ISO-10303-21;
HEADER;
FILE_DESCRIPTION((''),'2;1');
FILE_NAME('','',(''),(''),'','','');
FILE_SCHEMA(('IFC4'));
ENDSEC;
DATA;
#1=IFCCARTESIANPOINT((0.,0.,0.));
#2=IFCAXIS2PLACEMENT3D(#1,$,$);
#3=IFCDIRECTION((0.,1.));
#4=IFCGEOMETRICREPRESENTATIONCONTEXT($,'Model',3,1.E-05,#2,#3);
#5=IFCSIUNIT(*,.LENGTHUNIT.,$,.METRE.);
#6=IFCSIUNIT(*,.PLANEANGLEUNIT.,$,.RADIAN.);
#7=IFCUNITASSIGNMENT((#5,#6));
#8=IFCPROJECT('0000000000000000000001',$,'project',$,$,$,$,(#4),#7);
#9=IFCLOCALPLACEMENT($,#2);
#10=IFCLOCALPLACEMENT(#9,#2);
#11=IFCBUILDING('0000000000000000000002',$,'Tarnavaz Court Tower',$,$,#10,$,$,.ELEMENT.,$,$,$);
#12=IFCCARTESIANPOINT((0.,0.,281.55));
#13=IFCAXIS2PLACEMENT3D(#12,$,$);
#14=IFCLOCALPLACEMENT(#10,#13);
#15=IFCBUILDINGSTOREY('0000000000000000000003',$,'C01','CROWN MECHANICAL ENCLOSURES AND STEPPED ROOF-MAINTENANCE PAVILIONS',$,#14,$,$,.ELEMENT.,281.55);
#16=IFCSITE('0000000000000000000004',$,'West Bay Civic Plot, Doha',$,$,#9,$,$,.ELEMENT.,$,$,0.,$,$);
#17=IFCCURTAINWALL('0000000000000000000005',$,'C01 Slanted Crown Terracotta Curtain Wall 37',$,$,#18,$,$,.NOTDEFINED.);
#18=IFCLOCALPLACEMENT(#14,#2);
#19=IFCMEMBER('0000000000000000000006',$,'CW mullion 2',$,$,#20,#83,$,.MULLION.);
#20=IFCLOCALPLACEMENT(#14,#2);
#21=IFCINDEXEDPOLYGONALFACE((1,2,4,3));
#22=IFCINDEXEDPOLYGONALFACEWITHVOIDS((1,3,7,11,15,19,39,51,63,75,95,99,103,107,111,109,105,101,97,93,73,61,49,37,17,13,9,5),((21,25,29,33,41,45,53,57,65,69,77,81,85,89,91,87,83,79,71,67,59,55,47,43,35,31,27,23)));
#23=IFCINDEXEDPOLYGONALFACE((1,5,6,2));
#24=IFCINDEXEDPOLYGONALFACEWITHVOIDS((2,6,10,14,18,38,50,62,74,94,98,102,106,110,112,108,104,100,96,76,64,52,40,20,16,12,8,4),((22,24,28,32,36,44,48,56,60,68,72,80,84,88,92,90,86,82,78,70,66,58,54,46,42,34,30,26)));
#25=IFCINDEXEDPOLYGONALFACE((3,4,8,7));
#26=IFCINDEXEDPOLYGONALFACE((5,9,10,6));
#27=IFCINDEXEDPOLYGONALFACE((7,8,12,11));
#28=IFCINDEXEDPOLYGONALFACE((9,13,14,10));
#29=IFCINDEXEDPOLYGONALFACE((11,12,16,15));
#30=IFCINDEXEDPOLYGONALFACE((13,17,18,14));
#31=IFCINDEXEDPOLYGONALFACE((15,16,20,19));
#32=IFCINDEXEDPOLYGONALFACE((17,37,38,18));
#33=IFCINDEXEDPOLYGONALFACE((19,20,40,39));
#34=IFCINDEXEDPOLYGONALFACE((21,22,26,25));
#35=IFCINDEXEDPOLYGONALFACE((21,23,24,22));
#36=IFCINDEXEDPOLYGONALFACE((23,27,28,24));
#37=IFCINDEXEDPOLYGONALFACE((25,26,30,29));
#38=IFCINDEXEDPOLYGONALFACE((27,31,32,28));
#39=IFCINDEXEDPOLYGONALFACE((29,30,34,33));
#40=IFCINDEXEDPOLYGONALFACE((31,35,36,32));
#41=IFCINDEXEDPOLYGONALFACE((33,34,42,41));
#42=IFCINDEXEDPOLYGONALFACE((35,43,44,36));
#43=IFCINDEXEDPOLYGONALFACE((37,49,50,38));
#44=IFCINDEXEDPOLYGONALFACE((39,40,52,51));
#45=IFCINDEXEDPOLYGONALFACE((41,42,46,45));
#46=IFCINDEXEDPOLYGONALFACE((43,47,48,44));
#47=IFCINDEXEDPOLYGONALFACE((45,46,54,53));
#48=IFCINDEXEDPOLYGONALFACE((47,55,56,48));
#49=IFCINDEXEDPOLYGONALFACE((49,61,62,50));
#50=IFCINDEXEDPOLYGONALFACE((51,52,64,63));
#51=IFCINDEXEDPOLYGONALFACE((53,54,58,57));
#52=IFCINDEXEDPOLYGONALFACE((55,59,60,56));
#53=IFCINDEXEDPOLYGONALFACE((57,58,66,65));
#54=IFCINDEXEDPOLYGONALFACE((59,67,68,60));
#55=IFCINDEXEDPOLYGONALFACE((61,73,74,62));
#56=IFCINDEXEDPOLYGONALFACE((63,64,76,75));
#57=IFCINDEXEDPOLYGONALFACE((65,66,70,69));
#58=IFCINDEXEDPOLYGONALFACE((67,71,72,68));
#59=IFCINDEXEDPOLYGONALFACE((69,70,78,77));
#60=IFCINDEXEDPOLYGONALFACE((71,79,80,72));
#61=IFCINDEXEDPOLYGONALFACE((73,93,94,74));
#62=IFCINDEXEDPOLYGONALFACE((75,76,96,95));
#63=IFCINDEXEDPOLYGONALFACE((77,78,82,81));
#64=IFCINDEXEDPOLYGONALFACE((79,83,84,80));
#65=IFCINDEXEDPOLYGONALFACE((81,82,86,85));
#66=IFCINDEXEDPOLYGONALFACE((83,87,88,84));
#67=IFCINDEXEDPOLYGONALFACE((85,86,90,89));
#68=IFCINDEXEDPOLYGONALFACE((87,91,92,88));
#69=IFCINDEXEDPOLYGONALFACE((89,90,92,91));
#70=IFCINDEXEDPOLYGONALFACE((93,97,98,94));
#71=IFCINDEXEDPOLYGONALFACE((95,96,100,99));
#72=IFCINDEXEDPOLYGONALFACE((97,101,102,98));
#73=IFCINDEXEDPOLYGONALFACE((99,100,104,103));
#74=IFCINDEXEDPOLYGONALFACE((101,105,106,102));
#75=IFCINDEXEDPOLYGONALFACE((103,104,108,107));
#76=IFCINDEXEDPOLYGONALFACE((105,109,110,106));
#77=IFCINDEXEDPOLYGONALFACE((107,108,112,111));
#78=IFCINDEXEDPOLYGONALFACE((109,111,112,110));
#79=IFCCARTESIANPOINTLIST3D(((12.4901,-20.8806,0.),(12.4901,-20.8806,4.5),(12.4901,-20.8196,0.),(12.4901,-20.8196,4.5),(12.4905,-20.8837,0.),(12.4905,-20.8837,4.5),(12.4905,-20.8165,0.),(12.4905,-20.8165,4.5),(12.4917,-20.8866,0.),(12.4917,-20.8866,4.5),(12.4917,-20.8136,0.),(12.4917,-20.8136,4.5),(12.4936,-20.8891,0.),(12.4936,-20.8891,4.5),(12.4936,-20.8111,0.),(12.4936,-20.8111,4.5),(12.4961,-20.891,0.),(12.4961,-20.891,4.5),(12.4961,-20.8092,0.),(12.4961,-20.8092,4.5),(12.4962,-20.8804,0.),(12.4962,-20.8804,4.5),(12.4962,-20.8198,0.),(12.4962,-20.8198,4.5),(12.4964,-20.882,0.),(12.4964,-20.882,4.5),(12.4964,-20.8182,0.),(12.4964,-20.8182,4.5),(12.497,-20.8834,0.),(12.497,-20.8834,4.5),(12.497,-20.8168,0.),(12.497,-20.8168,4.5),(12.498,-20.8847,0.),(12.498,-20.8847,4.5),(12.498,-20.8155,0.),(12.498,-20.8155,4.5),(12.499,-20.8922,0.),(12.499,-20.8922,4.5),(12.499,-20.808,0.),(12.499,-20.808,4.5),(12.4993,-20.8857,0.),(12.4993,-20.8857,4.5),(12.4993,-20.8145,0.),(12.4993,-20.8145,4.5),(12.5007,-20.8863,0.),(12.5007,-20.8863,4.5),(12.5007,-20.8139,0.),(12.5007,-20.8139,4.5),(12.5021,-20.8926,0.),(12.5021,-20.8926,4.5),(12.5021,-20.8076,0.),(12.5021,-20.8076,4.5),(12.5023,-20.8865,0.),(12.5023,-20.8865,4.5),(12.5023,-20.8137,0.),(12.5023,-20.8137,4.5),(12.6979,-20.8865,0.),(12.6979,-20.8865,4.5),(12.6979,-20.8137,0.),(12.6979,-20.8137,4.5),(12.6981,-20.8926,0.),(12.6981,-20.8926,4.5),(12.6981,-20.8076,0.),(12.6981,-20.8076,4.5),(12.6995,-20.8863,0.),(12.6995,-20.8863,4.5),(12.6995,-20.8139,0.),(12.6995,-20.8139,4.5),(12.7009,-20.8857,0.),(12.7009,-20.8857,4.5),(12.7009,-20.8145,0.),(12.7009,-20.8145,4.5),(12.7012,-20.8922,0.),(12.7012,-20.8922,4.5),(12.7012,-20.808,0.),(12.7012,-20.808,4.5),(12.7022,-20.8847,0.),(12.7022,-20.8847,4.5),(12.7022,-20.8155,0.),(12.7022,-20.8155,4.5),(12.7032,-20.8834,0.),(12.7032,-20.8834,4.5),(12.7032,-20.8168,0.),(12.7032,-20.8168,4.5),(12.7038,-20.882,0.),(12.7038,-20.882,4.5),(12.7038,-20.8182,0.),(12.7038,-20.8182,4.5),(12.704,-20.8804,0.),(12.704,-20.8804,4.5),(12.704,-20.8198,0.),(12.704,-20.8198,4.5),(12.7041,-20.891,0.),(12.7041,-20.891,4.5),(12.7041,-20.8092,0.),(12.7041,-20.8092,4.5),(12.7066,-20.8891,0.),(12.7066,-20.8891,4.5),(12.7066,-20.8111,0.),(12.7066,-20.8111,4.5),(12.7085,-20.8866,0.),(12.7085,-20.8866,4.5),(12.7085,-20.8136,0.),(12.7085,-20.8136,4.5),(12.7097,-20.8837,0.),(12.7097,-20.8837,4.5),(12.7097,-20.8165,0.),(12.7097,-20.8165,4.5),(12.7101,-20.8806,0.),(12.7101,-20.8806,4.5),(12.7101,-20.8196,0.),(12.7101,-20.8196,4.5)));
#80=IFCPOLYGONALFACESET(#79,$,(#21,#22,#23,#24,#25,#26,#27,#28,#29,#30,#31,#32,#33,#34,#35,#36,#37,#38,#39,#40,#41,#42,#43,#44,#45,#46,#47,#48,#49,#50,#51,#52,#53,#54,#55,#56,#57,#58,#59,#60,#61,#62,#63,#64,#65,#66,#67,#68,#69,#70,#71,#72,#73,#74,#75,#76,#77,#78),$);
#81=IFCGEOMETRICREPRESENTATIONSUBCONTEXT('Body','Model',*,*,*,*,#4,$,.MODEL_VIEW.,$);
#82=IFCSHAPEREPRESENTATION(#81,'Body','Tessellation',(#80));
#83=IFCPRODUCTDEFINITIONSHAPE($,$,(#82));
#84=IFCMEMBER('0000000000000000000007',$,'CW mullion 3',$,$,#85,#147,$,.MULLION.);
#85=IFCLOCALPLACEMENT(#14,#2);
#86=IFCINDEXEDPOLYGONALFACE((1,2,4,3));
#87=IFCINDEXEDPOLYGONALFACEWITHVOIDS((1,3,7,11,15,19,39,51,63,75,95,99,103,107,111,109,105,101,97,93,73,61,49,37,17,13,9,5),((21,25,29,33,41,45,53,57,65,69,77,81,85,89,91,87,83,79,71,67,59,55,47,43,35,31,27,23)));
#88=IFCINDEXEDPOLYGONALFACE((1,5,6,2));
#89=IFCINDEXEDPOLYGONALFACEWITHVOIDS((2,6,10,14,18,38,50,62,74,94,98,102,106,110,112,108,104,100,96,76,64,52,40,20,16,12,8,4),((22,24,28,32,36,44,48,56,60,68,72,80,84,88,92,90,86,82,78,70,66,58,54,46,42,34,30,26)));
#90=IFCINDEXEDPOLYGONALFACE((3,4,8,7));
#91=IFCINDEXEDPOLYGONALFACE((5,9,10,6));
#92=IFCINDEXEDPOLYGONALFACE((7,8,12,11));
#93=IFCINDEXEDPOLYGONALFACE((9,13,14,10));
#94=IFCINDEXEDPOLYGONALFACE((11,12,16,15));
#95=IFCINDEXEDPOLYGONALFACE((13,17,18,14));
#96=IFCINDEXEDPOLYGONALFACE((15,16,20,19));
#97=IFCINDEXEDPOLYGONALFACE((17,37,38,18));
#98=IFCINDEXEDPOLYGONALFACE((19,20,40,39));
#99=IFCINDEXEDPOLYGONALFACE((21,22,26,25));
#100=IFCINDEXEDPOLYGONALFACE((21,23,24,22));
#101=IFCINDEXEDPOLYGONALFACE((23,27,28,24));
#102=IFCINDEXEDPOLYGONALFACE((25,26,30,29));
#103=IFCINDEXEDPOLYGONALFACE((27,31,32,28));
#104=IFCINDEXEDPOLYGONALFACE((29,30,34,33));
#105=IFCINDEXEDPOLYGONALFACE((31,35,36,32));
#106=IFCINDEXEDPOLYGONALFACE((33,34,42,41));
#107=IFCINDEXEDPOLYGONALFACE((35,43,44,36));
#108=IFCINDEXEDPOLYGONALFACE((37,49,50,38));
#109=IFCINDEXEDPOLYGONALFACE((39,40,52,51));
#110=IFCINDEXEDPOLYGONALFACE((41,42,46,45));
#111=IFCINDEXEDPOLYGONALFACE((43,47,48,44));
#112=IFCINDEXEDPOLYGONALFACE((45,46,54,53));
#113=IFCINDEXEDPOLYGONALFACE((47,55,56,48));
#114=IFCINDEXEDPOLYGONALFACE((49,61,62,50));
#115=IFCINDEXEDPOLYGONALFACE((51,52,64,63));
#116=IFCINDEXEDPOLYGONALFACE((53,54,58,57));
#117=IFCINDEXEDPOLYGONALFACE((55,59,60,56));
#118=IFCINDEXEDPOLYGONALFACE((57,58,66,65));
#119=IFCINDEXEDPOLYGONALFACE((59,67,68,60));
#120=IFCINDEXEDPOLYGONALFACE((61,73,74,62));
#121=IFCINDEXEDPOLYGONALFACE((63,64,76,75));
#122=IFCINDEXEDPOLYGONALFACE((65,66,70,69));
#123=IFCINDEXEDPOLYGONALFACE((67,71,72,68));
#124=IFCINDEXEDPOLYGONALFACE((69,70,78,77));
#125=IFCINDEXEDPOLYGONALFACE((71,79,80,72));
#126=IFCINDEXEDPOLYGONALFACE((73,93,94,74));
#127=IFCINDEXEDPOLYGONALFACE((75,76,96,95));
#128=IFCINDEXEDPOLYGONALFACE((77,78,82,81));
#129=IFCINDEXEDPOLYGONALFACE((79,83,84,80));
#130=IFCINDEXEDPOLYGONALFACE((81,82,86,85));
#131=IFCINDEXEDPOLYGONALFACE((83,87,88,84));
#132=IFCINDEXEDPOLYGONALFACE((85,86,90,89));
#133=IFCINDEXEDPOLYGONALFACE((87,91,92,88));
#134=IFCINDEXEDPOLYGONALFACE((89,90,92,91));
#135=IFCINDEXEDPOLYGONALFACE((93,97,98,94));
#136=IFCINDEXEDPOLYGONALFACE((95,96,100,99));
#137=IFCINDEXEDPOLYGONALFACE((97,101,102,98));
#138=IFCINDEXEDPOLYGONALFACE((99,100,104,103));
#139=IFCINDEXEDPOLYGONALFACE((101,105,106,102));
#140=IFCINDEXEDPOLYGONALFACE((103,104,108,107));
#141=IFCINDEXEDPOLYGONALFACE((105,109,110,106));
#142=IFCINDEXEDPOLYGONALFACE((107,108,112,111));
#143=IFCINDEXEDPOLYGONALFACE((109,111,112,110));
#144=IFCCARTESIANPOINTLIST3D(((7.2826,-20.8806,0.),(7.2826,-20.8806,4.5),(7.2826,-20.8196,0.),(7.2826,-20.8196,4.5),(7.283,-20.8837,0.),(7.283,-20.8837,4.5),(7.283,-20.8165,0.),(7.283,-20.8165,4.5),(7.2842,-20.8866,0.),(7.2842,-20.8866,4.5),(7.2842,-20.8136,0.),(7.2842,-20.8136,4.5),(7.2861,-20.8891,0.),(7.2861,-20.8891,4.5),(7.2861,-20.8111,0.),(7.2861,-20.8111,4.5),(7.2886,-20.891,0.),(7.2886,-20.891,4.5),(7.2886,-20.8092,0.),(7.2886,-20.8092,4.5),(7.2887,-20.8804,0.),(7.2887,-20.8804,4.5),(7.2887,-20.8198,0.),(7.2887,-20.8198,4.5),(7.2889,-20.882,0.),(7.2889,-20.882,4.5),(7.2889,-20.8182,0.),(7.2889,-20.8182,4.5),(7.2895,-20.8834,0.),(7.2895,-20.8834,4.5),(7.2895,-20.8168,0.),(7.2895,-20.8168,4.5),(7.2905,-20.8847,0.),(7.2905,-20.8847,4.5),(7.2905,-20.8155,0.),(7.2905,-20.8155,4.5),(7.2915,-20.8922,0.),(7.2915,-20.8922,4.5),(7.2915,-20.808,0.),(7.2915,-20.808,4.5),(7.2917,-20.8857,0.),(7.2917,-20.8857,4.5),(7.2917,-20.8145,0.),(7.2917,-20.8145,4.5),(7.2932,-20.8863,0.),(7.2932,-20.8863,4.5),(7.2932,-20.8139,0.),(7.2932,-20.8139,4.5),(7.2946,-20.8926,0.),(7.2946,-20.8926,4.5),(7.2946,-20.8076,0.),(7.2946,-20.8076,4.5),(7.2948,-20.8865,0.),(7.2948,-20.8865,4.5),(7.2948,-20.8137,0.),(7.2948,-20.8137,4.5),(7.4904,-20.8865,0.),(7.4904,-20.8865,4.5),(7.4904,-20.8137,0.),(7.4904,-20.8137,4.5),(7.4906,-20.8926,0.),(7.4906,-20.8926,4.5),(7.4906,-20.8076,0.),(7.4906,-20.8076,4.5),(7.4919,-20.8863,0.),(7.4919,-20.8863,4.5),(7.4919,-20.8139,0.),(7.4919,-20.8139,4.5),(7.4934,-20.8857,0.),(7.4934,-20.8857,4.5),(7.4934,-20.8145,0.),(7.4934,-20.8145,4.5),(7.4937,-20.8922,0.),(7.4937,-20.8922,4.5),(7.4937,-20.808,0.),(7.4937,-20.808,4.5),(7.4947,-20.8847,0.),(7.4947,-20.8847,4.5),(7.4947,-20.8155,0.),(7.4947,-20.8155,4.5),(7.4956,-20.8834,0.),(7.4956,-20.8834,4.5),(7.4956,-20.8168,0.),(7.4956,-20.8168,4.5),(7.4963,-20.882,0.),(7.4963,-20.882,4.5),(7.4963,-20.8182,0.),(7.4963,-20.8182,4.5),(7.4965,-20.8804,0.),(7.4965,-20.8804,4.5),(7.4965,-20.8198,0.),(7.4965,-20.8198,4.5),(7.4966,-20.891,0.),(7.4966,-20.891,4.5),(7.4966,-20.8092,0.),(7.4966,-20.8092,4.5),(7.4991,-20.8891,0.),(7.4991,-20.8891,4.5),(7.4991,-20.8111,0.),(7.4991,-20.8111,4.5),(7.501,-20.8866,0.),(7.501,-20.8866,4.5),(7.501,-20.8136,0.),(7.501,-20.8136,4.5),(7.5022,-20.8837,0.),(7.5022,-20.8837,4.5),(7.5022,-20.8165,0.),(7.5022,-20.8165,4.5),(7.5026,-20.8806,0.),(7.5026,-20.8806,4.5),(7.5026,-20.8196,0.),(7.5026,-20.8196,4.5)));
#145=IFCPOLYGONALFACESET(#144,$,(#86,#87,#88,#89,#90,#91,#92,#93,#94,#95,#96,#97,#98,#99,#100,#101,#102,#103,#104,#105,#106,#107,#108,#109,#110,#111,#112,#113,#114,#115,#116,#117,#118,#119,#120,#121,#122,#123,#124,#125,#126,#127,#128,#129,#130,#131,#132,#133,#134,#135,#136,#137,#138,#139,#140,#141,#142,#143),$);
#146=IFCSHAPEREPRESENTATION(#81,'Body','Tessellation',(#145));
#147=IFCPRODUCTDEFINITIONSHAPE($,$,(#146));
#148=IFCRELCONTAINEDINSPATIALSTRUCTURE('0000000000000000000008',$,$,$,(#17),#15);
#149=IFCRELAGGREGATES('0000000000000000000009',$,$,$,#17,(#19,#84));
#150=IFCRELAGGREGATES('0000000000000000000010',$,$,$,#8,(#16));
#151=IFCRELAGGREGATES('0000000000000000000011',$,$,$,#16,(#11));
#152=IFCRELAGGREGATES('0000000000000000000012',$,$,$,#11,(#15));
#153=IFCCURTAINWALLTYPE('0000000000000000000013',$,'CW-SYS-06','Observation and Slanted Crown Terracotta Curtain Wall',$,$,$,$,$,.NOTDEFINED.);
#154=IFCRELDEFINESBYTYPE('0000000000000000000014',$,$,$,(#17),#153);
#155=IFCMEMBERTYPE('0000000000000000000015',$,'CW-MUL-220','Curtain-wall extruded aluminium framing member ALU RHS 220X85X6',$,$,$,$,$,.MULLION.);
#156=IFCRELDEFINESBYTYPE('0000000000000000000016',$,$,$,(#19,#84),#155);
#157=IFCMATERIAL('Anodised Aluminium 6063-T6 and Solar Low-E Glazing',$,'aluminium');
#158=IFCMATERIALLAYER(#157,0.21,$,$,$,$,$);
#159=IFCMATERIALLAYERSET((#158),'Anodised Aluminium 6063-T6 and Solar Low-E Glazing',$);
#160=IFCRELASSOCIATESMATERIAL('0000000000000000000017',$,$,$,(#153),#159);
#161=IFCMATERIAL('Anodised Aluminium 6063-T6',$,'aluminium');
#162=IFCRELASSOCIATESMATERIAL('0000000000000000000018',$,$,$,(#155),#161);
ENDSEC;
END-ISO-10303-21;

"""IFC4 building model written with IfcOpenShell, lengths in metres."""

from ifc_helpers import new_model, si_unit, direction, frame, origin, origin_2d, place, context, subcontext, project, spatial, hollow_rectangle, extrude, material, layer, layer_set, material_profile, profile_set, type_object, element, aggregate, save


model = new_model("IFC4")

# Units and contexts
model_context = context("Model", 3, precision=1e-05, world=origin(), true_north=direction((0.0, 1.0)))
body_context = subcontext(model_context, "Body", "Model", "MODEL_VIEW")
ifc_project = project(units=[si_unit("LENGTHUNIT", "METRE"), si_unit("PLANEANGLEUNIT", "RADIAN")], contexts=[model_context])

# Site, building, storey
site_placement = place(None, origin())
site = spatial("IfcSite", under=ifc_project, at=site_placement, Name="West Bay Civic Plot, Doha", CompositionType="ELEMENT", RefElevation=0.0)
building_placement = place(site_placement, origin())
building = spatial("IfcBuilding", under=site, at=building_placement, Name="Tarnavaz Court Tower", CompositionType="ELEMENT")
storey_placement = place(building_placement, frame((0.0, 0.0, 281.55)))
storey = spatial("IfcBuildingStorey", under=building, at=storey_placement, Name="C01", Description="CROWN MECHANICAL ENCLOSURES AND STEPPED ROOF-MAINTENANCE PAVILIONS", CompositionType="ELEMENT", Elevation=281.55)

# Shared definitions
ifc_material_1 = material(Name="Anodised Aluminium 6063-T6 and Solar Low-E Glazing", Category="aluminium")
ifc_layer_1 = layer(ifc_material_1, 0.21)
ifc_layer_set_1 = layer_set([ifc_layer_1], Name="Anodised Aluminium 6063-T6 and Solar Low-E Glazing")
curtain_wall_type = type_object("IfcCurtainWallType", Name="CW-SYS-06", Description="Observation and Slanted Crown Terracotta Curtain Wall", PredefinedType="NOTDEFINED", material=ifc_layer_set_1)
ifc_material_2 = material(Name="Anodised Aluminium 6063-T6", Category="aluminium")
ifc_material_profile_1 = material_profile(ifc_material_2, hollow_rectangle(XDim=0.085, YDim=0.22, WallThickness=0.0061, InnerFilletRadius=0.0061, OuterFilletRadius=0.012, at=origin_2d()), Name="ALU RHS 220X85X6")
ifc_profile_set_1 = profile_set([ifc_material_profile_1], Name="Anodised Aluminium 6063-T6")
member_type_1 = type_object("IfcMemberType", Name="CW-MUL-220", Description="Curtain-wall extruded aluminium framing member ALU RHS 220X85X6", PredefinedType="MULLION", material=ifc_profile_set_1)

# Curtain wall, members
curtain_wall_1_placement = place(storey_placement, origin())
curtain_wall_1 = element("IfcCurtainWall", 1, at=curtain_wall_1_placement, inside=storey, type_object=curtain_wall_type, Name="C01 Slanted Crown Terracotta Curtain Wall 37", PredefinedType="NOTDEFINED")
member_1_placement = place(storey_placement, frame((12.6001, -20.8501, 0.0), z_axis=(0.0, 0.0, 1.0), x_axis=(0.0, -1.0, 0.0)))
member_1 = element("IfcMember", 2, at=member_1_placement, type_object=member_type_1, Name="CW mullion 2", PredefinedType="MULLION", context=body_context, shape_type="SweptSolid", body=[
    extrude(hollow_rectangle(XDim=0.085, YDim=0.22, WallThickness=0.0061, InnerFilletRadius=0.0061, OuterFilletRadius=0.012, at=origin_2d()), origin(), (0.0, 0.0, 1.0), 4.5),
])
member_2_placement = place(storey_placement, frame((7.3926, -20.8501, 0.0), z_axis=(0.0, 0.0, 1.0), x_axis=(0.0, -1.0, 0.0)))
member_2 = element("IfcMember", 3, at=member_2_placement, type_object=member_type_1, Name="CW mullion 3", PredefinedType="MULLION", context=body_context, shape_type="SweptSolid", body=[
    extrude(hollow_rectangle(XDim=0.085, YDim=0.22, WallThickness=0.0061, InnerFilletRadius=0.0061, OuterFilletRadius=0.012, at=origin_2d()), origin(), (0.0, 0.0, 1.0), 4.5),
])

aggregate(curtain_wall_1, [member_1, member_2])

save(model, "model.ifc")
